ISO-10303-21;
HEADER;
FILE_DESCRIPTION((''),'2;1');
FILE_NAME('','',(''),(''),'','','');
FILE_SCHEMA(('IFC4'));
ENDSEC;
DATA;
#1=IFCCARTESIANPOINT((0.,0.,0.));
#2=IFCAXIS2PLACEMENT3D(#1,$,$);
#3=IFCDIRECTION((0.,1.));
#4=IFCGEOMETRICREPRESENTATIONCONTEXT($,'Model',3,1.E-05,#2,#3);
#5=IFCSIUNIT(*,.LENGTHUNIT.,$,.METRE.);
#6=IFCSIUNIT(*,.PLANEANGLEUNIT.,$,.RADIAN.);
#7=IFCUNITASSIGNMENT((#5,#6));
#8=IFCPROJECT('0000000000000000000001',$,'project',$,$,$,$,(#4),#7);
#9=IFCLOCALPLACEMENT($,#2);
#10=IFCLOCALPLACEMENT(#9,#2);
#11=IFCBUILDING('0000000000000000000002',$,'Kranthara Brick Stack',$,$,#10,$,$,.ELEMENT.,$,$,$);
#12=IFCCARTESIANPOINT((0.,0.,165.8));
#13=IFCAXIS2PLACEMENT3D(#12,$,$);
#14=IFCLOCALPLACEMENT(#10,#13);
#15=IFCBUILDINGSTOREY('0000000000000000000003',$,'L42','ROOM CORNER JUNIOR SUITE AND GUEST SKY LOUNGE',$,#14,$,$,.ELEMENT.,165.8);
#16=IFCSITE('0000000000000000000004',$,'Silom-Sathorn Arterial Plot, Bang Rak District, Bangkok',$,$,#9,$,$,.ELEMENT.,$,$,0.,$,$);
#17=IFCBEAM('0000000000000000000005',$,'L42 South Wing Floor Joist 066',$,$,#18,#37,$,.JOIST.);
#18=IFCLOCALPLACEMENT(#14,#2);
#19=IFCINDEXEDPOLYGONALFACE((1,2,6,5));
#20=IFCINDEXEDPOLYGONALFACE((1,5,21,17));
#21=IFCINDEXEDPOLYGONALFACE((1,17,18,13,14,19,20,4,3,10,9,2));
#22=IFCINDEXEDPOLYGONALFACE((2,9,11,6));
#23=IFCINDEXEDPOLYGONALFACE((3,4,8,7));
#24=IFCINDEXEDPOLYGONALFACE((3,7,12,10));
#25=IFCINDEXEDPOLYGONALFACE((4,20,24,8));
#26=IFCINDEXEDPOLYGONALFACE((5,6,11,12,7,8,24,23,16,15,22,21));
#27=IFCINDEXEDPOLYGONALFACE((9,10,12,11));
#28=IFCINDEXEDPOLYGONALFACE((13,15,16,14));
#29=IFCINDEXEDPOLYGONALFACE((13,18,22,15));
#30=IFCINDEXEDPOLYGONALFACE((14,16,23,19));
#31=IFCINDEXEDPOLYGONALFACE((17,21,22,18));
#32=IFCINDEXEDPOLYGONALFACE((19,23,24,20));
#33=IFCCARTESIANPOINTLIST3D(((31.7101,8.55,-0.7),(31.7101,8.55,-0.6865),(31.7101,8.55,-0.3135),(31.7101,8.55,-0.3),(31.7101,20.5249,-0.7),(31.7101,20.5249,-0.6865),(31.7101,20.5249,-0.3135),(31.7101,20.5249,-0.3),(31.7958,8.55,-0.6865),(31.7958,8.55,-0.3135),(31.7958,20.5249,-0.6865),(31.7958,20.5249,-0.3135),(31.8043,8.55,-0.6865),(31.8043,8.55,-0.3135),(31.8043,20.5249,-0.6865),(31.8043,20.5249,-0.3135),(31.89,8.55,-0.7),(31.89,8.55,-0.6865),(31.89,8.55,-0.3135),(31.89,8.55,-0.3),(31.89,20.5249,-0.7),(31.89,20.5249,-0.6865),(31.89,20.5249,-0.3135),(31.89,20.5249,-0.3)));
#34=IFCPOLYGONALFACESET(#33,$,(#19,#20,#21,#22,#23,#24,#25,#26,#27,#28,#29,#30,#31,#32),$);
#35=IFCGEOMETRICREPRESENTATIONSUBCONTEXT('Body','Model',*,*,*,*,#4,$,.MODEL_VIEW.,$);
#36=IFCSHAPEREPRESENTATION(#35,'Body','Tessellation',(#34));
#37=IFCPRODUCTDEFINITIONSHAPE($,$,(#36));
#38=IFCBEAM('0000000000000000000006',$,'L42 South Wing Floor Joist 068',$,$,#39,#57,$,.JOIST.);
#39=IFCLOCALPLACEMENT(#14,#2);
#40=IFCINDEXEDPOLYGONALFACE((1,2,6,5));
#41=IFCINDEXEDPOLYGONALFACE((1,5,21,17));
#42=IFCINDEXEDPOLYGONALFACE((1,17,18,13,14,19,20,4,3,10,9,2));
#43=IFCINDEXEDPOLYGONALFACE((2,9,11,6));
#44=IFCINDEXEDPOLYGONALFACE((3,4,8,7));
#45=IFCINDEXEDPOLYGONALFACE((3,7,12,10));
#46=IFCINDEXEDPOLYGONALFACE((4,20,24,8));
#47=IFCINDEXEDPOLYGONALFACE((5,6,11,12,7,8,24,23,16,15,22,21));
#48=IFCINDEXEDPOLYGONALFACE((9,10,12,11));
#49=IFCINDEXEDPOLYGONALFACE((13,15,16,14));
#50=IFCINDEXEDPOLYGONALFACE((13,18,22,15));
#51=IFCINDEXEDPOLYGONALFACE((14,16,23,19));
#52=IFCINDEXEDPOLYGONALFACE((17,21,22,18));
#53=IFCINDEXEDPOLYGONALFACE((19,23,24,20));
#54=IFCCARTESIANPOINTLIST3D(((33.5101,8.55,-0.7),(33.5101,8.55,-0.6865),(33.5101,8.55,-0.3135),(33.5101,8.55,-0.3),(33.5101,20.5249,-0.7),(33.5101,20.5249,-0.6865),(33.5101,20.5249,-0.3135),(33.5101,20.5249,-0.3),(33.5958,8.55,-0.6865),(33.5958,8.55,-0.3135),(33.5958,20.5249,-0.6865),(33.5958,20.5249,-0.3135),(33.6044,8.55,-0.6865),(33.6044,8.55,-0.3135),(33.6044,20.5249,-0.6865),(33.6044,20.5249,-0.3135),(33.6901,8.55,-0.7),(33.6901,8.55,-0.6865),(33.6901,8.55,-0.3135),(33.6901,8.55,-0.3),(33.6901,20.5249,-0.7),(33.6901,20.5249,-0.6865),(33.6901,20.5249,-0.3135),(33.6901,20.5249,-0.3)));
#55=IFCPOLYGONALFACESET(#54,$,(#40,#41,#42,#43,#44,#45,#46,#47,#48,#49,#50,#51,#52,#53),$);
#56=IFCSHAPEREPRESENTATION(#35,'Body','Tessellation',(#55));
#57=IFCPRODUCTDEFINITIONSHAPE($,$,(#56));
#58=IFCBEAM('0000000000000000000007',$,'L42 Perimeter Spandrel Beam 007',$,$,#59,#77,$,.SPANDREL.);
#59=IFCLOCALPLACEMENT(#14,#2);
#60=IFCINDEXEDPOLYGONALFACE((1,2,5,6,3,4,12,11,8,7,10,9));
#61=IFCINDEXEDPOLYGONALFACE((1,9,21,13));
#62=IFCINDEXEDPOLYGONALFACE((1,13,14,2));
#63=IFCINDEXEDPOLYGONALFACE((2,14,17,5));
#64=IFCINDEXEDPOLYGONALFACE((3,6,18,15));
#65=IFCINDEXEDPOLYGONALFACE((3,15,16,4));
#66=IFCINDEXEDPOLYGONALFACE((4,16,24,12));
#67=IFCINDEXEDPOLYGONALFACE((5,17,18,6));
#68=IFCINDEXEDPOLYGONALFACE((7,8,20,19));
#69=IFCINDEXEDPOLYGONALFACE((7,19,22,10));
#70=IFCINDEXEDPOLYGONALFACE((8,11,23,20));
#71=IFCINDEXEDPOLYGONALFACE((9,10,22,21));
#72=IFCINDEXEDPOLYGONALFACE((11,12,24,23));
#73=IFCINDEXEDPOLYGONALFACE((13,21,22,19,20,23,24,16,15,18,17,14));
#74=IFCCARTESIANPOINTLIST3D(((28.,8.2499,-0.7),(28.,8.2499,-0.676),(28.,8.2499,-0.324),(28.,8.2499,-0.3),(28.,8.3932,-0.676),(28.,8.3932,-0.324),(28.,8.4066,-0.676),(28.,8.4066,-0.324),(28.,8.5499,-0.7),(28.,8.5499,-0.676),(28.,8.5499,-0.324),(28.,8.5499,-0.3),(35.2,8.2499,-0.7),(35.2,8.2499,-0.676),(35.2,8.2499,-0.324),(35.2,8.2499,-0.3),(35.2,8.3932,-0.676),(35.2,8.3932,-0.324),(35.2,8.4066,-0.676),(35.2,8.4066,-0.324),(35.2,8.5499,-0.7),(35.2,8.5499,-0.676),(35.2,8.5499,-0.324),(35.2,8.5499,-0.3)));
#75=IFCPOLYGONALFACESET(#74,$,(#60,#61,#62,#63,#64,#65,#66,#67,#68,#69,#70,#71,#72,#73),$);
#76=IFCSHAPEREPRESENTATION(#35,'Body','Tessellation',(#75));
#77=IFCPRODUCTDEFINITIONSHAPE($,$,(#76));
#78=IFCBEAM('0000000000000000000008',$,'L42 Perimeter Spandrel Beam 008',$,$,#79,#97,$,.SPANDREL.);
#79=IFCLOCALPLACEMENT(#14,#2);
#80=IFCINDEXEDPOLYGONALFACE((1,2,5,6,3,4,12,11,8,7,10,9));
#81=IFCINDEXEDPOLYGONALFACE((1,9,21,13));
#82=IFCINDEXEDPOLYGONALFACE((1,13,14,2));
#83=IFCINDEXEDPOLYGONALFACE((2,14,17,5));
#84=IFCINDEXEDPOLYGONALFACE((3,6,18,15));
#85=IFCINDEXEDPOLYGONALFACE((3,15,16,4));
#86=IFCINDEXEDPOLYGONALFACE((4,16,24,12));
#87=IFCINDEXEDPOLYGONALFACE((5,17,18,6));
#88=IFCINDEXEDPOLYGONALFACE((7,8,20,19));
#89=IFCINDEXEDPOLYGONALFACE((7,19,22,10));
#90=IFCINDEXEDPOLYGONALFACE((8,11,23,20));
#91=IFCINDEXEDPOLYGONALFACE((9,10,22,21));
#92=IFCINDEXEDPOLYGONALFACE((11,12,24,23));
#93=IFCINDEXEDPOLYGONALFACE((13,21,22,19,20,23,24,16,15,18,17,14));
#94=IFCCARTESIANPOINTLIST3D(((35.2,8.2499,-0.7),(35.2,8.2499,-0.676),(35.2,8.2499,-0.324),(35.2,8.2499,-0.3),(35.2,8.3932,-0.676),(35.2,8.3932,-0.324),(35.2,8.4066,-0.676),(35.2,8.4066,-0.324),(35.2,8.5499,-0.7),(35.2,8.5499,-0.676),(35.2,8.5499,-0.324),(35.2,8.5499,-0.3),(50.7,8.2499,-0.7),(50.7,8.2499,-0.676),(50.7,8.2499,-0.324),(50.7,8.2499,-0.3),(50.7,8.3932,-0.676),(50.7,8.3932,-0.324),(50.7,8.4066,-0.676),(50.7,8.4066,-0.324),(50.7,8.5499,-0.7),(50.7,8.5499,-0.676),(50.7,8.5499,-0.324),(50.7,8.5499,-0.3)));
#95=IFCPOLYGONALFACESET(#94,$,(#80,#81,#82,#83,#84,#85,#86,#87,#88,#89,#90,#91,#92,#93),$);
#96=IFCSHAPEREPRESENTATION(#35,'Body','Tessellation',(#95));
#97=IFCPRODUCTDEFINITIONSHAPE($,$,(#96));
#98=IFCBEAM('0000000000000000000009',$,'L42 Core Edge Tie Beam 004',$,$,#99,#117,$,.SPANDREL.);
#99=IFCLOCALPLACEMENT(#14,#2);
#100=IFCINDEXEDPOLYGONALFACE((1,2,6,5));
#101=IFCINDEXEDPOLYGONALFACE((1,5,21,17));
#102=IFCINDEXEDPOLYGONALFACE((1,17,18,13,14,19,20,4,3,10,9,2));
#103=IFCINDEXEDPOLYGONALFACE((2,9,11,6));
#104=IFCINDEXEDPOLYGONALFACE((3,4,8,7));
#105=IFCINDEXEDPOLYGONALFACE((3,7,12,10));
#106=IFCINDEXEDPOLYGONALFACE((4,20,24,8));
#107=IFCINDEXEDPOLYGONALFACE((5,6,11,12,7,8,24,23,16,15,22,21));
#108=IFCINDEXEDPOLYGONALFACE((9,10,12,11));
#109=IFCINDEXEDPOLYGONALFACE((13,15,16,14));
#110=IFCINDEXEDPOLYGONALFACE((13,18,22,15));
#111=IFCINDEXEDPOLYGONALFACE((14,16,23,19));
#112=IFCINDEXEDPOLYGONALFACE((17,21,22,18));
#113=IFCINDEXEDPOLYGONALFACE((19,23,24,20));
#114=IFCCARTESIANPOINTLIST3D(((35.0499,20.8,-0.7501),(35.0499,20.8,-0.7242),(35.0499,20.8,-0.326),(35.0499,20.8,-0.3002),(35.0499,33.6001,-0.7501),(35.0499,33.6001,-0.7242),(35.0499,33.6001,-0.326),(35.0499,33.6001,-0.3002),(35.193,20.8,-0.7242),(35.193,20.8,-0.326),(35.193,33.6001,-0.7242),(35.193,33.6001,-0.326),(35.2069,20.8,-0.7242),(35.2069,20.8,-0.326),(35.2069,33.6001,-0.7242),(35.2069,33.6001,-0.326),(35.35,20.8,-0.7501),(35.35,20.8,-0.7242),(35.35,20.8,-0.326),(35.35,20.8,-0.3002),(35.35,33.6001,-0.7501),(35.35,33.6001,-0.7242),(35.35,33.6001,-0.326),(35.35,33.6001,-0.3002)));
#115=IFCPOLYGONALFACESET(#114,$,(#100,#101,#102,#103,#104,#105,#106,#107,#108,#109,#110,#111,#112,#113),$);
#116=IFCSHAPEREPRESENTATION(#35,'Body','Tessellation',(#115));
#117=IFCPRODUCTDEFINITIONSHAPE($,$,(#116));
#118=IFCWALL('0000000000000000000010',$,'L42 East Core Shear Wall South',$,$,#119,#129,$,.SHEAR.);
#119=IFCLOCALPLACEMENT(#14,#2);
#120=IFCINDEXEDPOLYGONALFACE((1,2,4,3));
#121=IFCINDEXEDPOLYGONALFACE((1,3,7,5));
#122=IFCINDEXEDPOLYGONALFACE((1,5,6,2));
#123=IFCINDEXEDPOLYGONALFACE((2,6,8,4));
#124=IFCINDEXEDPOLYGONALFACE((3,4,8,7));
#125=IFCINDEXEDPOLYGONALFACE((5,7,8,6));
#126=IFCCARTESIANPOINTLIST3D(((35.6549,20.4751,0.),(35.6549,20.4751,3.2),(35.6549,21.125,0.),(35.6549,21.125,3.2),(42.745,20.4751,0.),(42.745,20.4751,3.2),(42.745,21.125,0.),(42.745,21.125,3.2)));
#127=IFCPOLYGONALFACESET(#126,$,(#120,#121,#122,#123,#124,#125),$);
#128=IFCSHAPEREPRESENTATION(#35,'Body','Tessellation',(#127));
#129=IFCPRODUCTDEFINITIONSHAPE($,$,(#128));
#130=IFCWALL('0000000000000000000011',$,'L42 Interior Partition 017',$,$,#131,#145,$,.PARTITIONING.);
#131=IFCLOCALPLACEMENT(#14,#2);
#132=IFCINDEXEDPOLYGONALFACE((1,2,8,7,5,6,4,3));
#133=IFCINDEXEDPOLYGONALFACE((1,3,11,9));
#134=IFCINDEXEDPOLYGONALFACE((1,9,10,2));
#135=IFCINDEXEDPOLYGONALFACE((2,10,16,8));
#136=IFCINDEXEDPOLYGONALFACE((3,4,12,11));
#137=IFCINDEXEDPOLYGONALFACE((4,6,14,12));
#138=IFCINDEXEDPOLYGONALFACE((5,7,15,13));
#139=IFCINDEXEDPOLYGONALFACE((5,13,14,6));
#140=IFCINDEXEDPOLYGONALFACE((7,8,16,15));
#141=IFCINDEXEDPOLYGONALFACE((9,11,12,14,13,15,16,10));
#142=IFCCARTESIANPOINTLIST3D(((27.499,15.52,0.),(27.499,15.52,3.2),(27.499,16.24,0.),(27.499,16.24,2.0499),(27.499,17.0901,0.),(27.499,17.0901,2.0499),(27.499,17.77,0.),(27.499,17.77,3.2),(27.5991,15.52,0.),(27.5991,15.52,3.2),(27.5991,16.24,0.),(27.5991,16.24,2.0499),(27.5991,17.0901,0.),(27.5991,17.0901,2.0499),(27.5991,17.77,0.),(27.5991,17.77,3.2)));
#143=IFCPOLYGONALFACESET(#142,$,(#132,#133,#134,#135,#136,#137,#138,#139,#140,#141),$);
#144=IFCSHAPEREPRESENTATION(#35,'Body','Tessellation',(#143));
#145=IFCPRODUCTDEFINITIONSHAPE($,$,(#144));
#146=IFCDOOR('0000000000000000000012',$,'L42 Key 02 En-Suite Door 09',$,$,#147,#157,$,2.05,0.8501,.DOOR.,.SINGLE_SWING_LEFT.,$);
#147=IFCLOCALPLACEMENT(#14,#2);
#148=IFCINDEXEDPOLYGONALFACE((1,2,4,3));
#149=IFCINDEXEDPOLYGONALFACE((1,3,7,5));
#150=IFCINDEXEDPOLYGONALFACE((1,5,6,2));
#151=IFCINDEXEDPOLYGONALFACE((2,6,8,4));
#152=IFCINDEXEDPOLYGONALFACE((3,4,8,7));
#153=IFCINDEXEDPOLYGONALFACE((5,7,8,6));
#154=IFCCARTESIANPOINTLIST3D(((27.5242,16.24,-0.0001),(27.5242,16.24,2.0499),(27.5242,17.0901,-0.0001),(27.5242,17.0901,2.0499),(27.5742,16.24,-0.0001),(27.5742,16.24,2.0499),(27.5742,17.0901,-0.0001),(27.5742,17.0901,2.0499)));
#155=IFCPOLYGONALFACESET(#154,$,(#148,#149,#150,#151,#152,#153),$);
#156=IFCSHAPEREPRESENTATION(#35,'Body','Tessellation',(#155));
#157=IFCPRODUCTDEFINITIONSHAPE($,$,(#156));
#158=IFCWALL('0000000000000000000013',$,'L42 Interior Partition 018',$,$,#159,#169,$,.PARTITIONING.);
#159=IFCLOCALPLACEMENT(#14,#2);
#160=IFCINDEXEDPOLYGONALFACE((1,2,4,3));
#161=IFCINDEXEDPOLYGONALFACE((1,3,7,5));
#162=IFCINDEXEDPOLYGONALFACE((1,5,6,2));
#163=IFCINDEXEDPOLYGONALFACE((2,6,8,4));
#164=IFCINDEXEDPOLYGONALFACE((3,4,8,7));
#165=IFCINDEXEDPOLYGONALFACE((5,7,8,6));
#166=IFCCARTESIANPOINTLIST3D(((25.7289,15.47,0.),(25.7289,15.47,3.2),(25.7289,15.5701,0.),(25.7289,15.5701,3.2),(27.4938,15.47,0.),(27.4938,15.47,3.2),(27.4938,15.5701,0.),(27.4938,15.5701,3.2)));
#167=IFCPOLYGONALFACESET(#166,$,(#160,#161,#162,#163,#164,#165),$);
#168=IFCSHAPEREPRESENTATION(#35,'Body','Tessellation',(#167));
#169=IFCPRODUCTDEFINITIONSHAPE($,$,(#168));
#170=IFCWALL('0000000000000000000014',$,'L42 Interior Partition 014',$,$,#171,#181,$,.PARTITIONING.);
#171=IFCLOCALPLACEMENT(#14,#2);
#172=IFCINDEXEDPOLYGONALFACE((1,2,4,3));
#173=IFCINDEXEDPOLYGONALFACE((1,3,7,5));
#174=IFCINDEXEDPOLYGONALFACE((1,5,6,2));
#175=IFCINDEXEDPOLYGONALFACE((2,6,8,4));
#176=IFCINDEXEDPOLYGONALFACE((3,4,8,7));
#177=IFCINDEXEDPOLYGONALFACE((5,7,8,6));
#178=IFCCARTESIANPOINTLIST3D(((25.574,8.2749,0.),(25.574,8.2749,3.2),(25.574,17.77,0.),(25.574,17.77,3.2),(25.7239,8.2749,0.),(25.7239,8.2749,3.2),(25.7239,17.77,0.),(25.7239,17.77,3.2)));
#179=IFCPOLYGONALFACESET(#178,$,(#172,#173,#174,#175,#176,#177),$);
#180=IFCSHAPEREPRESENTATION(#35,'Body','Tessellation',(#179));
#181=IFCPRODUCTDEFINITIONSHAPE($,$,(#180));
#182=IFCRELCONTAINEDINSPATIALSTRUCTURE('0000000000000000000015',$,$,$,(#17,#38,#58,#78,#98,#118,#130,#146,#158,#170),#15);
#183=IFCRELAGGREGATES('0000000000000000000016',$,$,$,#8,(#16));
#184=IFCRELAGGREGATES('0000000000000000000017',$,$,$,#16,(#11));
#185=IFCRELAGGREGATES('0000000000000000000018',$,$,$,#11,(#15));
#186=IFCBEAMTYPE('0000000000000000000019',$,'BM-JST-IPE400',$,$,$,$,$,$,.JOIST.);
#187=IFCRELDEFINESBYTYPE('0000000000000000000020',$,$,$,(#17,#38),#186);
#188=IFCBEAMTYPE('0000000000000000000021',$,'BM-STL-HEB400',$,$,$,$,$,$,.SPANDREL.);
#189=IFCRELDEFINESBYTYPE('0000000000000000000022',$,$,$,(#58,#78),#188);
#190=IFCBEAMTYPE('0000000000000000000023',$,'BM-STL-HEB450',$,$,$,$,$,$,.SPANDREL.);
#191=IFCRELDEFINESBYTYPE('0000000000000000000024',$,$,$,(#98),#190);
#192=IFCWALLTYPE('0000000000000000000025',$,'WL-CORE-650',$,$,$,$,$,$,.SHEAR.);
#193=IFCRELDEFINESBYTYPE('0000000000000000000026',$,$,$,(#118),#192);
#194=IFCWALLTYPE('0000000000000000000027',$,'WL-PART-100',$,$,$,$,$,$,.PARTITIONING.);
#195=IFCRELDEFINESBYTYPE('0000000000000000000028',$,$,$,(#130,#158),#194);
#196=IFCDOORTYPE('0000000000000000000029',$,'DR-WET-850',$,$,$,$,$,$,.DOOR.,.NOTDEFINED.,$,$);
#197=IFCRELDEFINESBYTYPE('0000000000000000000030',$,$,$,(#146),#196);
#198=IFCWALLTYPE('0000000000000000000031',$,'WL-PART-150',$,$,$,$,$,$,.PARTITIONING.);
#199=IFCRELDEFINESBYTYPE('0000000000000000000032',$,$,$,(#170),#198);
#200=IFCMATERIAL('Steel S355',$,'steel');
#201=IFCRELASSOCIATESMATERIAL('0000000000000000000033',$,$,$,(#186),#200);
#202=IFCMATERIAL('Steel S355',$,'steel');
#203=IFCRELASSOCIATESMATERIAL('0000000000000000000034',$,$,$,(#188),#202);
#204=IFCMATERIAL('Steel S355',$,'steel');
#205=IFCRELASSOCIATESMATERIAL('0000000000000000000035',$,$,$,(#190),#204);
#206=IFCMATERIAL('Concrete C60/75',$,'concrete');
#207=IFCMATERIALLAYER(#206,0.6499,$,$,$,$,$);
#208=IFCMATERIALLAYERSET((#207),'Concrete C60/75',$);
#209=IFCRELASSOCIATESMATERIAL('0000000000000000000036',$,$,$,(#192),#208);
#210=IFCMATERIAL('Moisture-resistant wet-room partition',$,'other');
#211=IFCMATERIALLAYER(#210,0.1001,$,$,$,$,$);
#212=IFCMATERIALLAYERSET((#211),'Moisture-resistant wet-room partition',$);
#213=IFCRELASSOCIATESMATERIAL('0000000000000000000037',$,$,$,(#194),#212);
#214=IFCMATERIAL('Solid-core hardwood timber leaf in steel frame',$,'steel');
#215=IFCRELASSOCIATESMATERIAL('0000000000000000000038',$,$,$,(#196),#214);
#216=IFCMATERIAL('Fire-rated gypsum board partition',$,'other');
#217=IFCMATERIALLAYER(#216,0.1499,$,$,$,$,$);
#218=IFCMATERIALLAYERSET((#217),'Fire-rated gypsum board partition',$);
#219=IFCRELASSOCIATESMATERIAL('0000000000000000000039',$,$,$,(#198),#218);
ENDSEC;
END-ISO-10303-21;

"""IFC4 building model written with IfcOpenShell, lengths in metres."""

from ifc_helpers import new_model, si_unit, direction, frame, frame_2d, origin, origin_2d, place, context, subcontext, project, spatial, rectangle, i_section, extrude, material, layer, layer_set, material_profile, profile_set, type_object, element, fill, save


model = new_model("IFC4")

# Units and contexts
model_context = context("Model", 3, precision=1e-05, world=origin(), true_north=direction((0.0, 1.0)))
body_context = subcontext(model_context, "Body", "Model", "MODEL_VIEW")
ifc_project = project(units=[si_unit("LENGTHUNIT", "METRE"), si_unit("PLANEANGLEUNIT", "RADIAN")], contexts=[model_context])

# Site, building, storey
site_placement = place(None, origin())
site = spatial("IfcSite", under=ifc_project, at=site_placement, Name="Silom-Sathorn Arterial Plot, Bang Rak District, Bangkok", CompositionType="ELEMENT", RefElevation=0.0)
building_placement = place(site_placement, origin())
building = spatial("IfcBuilding", under=site, at=building_placement, Name="Kranthara Brick Stack", CompositionType="ELEMENT")
storey_placement = place(building_placement, frame((0.0, 0.0, 165.8)))
storey = spatial("IfcBuildingStorey", under=building, at=storey_placement, Name="L42", Description="ROOM CORNER JUNIOR SUITE AND GUEST SKY LOUNGE", CompositionType="ELEMENT", Elevation=165.8)

# Beams
ifc_material_1 = material(Name="Steel S355", Category="steel")
ifc_material_profile_1 = material_profile(ifc_material_1, i_section(OverallWidth=0.1799, OverallDepth=0.3999, WebThickness=0.0085, FlangeThickness=0.0134, at=origin_2d()), Name="IPE 400")
ifc_profile_set_1 = profile_set([ifc_material_profile_1], Name="Steel S355")
beam_type_1 = type_object("IfcBeamType", Name="BM-JST-IPE400", PredefinedType="JOIST", material=ifc_profile_set_1)
for number, where, z_axis, x_axis, name in (
    (1, (31.8, 8.55, -0.5), (0.0, 1.0, 0.0), (-1.0, 0.0, 0.0), "L42 South Wing Floor Joist 066"),
    (2, (33.6001, 8.55, -0.5), (0.0, 1.0, 0.0), (-1.0, 0.0, 0.0), "L42 South Wing Floor Joist 068"),
):
    element("IfcBeam", number, at=place(storey_placement, frame(where, z_axis=z_axis, x_axis=x_axis)), inside=storey, type_object=beam_type_1, Name=name, PredefinedType="JOIST", context=body_context, shape_type="SweptSolid", body=[
        extrude(i_section(OverallWidth=0.1799, OverallDepth=0.3999, WebThickness=0.0085, FlangeThickness=0.0134, at=origin_2d()), origin(), (0.0, 0.0, 1.0), 11.9749),
    ])
ifc_material_2 = material(Name="Steel S355", Category="steel")
ifc_material_profile_2 = material_profile(ifc_material_2, i_section(OverallWidth=0.3, OverallDepth=0.3999, WebThickness=0.0134, FlangeThickness=0.0239, at=origin_2d()), Name="HEB 400")
ifc_profile_set_2 = profile_set([ifc_material_profile_2], Name="Steel S355")
beam_type_2 = type_object("IfcBeamType", Name="BM-STL-HEB400", PredefinedType="SPANDREL", material=ifc_profile_set_2)
beam_1_placement = place(storey_placement, frame((28.0, 8.3999, -0.5), z_axis=(1.0, 0.0, 0.0), x_axis=(0.0, 1.0, 0.0)))
element("IfcBeam", 3, at=beam_1_placement, inside=storey, type_object=beam_type_2, Name="L42 Perimeter Spandrel Beam 007", PredefinedType="SPANDREL", context=body_context, shape_type="SweptSolid", body=[
    extrude(i_section(OverallWidth=0.3, OverallDepth=0.3999, WebThickness=0.0134, FlangeThickness=0.0239, at=origin_2d()), origin(), (0.0, 0.0, 1.0), 7.2),
])
beam_2_placement = place(storey_placement, frame((35.2, 8.3999, -0.5), z_axis=(1.0, 0.0, 0.0), x_axis=(0.0, 1.0, 0.0)))
element("IfcBeam", 4, at=beam_2_placement, inside=storey, type_object=beam_type_2, Name="L42 Perimeter Spandrel Beam 008", PredefinedType="SPANDREL", context=body_context, shape_type="SweptSolid", body=[
    extrude(i_section(OverallWidth=0.3, OverallDepth=0.3999, WebThickness=0.0134, FlangeThickness=0.0239, at=origin_2d()), origin(), (0.0, 0.0, 1.0), 15.5),
])
ifc_material_3 = material(Name="Steel S355", Category="steel")
ifc_material_profile_3 = material_profile(ifc_material_3, i_section(OverallWidth=0.3, OverallDepth=0.45, WebThickness=0.0139, FlangeThickness=0.0259, at=origin_2d()), Name="HEB 450")
ifc_profile_set_3 = profile_set([ifc_material_profile_3], Name="Steel S355")
beam_type_3 = type_object("IfcBeamType", Name="BM-STL-HEB450", PredefinedType="SPANDREL", material=ifc_profile_set_3)
beam_3_placement = place(storey_placement, frame((35.2, 20.8, -0.5251), z_axis=(0.0, 1.0, 0.0), x_axis=(-1.0, 0.0, 0.0)))
element("IfcBeam", 5, at=beam_3_placement, inside=storey, type_object=beam_type_3, Name="L42 Core Edge Tie Beam 004", PredefinedType="SPANDREL", context=body_context, shape_type="SweptSolid", body=[
    extrude(i_section(OverallWidth=0.3, OverallDepth=0.45, WebThickness=0.0139, FlangeThickness=0.0259, at=origin_2d()), origin(), (0.0, 0.0, 1.0), 12.8),
])

# Wall
ifc_material_4 = material(Name="Concrete C60/75", Category="concrete")
ifc_layer_1 = layer(ifc_material_4, 0.6499)
ifc_layer_set_1 = layer_set([ifc_layer_1], Name="Concrete C60/75")
wall_type_1 = type_object("IfcWallType", Name="WL-CORE-650", PredefinedType="SHEAR", material=ifc_layer_set_1)
wall_1_placement = place(storey_placement, frame((35.655, 20.8, 0.0), z_axis=(0.0, 0.0, 1.0), x_axis=(1.0, 0.0, 0.0)))
element("IfcWall", 6, at=wall_1_placement, inside=storey, type_object=wall_type_1, Name="L42 East Core Shear Wall South", PredefinedType="SHEAR", context=body_context, shape_type="SweptSolid", body=[
    extrude(rectangle(XDim=7.0901, YDim=0.6499, at=frame_2d((3.5449, 0.0))), origin(), (0.0, 0.0, 1.0), 3.2),
])

# Wall, opening, door
ifc_material_5 = material(Name="Moisture-resistant wet-room partition", Category="other")
ifc_layer_2 = layer(ifc_material_5, 0.1001)
ifc_layer_set_2 = layer_set([ifc_layer_2], Name="Moisture-resistant wet-room partition")
wall_type_2 = type_object("IfcWallType", Name="WL-PART-100", PredefinedType="PARTITIONING", material=ifc_layer_set_2)
wall_2_placement = place(storey_placement, frame((27.5491, 15.52, 0.0), z_axis=(0.0, 0.0, 1.0), x_axis=(0.0, 1.0, 0.0)))
wall_2 = element("IfcWall", 7, at=wall_2_placement, inside=storey, type_object=wall_type_2, Name="L42 Interior Partition 017", PredefinedType="PARTITIONING", context=body_context, shape_type="SweptSolid", body=[
    extrude(rectangle(XDim=2.25, YDim=0.1001, at=frame_2d((1.125, 0.0))), origin(), (0.0, 0.0, 1.0), 3.2),
])
opening_1_placement = place(wall_2_placement, frame((0.72, 0.0, 0.0)))
opening_1 = element("IfcOpeningElement", 8, at=opening_1_placement, cuts=wall_2, PredefinedType="OPENING", context=body_context, shape_type="SweptSolid", body=[
    extrude(rectangle(XDim=0.8501, YDim=2.05, at=frame_2d((0.425, 1.0249))), frame((0.0, 0.0601, 0.0), z_axis=(0.0, -1.0, 0.0), x_axis=(1.0, 0.0, 0.0)), (0.0, 0.0, 1.0), 0.1201),
])
ifc_material_6 = material(Name="Solid-core hardwood timber leaf in steel frame", Category="steel")
door_type_1 = type_object("IfcDoorType", Name="DR-WET-850", OperationType="NOTDEFINED", PredefinedType="DOOR", material=ifc_material_6)
door_1_placement = place(opening_1_placement, origin())
door_1 = element("IfcDoor", 9, at=door_1_placement, inside=storey, type_object=door_type_1, Name="L42 Key 02 En-Suite Door 09", OperationType="SINGLE_SWING_LEFT", OverallHeight=2.05, OverallWidth=0.8501, PredefinedType="DOOR", context=body_context, shape_type="SweptSolid", body=[
    extrude(rectangle(XDim=0.8501, YDim=2.05, at=frame_2d((0.425, 1.0249))), frame((0.0, 0.0249, 0.0), z_axis=(0.0, -1.0, 0.0), x_axis=(1.0, 0.0, 0.0)), (0.0, 0.0, 1.0), 0.05),
])
fill(opening_1, door_1)

# Walls
wall_3_placement = place(storey_placement, frame((25.729, 15.52, 0.0), z_axis=(0.0, 0.0, 1.0), x_axis=(1.0, 0.0, 0.0)))
element("IfcWall", 10, at=wall_3_placement, inside=storey, type_object=wall_type_2, Name="L42 Interior Partition 018", PredefinedType="PARTITIONING", context=body_context, shape_type="SweptSolid", body=[
    extrude(rectangle(XDim=1.7649, YDim=0.1001, at=frame_2d((0.8823, 0.0))), origin(), (0.0, 0.0, 1.0), 3.2),
])
ifc_material_7 = material(Name="Fire-rated gypsum board partition", Category="other")
ifc_layer_3 = layer(ifc_material_7, 0.1499)
ifc_layer_set_3 = layer_set([ifc_layer_3], Name="Fire-rated gypsum board partition")
wall_type_3 = type_object("IfcWallType", Name="WL-PART-150", PredefinedType="PARTITIONING", material=ifc_layer_set_3)
wall_4_placement = place(storey_placement, frame((25.6489, 8.2749, 0.0), z_axis=(0.0, 0.0, 1.0), x_axis=(0.0, 1.0, 0.0)))
element("IfcWall", 11, at=wall_4_placement, inside=storey, type_object=wall_type_3, Name="L42 Interior Partition 014", PredefinedType="PARTITIONING", context=body_context, shape_type="SweptSolid", body=[
    extrude(rectangle(XDim=9.4951, YDim=0.1499, at=frame_2d((4.7476, 0.0))), origin(), (0.0, 0.0, 1.0), 3.2),
])

save(model, "model.ifc")
